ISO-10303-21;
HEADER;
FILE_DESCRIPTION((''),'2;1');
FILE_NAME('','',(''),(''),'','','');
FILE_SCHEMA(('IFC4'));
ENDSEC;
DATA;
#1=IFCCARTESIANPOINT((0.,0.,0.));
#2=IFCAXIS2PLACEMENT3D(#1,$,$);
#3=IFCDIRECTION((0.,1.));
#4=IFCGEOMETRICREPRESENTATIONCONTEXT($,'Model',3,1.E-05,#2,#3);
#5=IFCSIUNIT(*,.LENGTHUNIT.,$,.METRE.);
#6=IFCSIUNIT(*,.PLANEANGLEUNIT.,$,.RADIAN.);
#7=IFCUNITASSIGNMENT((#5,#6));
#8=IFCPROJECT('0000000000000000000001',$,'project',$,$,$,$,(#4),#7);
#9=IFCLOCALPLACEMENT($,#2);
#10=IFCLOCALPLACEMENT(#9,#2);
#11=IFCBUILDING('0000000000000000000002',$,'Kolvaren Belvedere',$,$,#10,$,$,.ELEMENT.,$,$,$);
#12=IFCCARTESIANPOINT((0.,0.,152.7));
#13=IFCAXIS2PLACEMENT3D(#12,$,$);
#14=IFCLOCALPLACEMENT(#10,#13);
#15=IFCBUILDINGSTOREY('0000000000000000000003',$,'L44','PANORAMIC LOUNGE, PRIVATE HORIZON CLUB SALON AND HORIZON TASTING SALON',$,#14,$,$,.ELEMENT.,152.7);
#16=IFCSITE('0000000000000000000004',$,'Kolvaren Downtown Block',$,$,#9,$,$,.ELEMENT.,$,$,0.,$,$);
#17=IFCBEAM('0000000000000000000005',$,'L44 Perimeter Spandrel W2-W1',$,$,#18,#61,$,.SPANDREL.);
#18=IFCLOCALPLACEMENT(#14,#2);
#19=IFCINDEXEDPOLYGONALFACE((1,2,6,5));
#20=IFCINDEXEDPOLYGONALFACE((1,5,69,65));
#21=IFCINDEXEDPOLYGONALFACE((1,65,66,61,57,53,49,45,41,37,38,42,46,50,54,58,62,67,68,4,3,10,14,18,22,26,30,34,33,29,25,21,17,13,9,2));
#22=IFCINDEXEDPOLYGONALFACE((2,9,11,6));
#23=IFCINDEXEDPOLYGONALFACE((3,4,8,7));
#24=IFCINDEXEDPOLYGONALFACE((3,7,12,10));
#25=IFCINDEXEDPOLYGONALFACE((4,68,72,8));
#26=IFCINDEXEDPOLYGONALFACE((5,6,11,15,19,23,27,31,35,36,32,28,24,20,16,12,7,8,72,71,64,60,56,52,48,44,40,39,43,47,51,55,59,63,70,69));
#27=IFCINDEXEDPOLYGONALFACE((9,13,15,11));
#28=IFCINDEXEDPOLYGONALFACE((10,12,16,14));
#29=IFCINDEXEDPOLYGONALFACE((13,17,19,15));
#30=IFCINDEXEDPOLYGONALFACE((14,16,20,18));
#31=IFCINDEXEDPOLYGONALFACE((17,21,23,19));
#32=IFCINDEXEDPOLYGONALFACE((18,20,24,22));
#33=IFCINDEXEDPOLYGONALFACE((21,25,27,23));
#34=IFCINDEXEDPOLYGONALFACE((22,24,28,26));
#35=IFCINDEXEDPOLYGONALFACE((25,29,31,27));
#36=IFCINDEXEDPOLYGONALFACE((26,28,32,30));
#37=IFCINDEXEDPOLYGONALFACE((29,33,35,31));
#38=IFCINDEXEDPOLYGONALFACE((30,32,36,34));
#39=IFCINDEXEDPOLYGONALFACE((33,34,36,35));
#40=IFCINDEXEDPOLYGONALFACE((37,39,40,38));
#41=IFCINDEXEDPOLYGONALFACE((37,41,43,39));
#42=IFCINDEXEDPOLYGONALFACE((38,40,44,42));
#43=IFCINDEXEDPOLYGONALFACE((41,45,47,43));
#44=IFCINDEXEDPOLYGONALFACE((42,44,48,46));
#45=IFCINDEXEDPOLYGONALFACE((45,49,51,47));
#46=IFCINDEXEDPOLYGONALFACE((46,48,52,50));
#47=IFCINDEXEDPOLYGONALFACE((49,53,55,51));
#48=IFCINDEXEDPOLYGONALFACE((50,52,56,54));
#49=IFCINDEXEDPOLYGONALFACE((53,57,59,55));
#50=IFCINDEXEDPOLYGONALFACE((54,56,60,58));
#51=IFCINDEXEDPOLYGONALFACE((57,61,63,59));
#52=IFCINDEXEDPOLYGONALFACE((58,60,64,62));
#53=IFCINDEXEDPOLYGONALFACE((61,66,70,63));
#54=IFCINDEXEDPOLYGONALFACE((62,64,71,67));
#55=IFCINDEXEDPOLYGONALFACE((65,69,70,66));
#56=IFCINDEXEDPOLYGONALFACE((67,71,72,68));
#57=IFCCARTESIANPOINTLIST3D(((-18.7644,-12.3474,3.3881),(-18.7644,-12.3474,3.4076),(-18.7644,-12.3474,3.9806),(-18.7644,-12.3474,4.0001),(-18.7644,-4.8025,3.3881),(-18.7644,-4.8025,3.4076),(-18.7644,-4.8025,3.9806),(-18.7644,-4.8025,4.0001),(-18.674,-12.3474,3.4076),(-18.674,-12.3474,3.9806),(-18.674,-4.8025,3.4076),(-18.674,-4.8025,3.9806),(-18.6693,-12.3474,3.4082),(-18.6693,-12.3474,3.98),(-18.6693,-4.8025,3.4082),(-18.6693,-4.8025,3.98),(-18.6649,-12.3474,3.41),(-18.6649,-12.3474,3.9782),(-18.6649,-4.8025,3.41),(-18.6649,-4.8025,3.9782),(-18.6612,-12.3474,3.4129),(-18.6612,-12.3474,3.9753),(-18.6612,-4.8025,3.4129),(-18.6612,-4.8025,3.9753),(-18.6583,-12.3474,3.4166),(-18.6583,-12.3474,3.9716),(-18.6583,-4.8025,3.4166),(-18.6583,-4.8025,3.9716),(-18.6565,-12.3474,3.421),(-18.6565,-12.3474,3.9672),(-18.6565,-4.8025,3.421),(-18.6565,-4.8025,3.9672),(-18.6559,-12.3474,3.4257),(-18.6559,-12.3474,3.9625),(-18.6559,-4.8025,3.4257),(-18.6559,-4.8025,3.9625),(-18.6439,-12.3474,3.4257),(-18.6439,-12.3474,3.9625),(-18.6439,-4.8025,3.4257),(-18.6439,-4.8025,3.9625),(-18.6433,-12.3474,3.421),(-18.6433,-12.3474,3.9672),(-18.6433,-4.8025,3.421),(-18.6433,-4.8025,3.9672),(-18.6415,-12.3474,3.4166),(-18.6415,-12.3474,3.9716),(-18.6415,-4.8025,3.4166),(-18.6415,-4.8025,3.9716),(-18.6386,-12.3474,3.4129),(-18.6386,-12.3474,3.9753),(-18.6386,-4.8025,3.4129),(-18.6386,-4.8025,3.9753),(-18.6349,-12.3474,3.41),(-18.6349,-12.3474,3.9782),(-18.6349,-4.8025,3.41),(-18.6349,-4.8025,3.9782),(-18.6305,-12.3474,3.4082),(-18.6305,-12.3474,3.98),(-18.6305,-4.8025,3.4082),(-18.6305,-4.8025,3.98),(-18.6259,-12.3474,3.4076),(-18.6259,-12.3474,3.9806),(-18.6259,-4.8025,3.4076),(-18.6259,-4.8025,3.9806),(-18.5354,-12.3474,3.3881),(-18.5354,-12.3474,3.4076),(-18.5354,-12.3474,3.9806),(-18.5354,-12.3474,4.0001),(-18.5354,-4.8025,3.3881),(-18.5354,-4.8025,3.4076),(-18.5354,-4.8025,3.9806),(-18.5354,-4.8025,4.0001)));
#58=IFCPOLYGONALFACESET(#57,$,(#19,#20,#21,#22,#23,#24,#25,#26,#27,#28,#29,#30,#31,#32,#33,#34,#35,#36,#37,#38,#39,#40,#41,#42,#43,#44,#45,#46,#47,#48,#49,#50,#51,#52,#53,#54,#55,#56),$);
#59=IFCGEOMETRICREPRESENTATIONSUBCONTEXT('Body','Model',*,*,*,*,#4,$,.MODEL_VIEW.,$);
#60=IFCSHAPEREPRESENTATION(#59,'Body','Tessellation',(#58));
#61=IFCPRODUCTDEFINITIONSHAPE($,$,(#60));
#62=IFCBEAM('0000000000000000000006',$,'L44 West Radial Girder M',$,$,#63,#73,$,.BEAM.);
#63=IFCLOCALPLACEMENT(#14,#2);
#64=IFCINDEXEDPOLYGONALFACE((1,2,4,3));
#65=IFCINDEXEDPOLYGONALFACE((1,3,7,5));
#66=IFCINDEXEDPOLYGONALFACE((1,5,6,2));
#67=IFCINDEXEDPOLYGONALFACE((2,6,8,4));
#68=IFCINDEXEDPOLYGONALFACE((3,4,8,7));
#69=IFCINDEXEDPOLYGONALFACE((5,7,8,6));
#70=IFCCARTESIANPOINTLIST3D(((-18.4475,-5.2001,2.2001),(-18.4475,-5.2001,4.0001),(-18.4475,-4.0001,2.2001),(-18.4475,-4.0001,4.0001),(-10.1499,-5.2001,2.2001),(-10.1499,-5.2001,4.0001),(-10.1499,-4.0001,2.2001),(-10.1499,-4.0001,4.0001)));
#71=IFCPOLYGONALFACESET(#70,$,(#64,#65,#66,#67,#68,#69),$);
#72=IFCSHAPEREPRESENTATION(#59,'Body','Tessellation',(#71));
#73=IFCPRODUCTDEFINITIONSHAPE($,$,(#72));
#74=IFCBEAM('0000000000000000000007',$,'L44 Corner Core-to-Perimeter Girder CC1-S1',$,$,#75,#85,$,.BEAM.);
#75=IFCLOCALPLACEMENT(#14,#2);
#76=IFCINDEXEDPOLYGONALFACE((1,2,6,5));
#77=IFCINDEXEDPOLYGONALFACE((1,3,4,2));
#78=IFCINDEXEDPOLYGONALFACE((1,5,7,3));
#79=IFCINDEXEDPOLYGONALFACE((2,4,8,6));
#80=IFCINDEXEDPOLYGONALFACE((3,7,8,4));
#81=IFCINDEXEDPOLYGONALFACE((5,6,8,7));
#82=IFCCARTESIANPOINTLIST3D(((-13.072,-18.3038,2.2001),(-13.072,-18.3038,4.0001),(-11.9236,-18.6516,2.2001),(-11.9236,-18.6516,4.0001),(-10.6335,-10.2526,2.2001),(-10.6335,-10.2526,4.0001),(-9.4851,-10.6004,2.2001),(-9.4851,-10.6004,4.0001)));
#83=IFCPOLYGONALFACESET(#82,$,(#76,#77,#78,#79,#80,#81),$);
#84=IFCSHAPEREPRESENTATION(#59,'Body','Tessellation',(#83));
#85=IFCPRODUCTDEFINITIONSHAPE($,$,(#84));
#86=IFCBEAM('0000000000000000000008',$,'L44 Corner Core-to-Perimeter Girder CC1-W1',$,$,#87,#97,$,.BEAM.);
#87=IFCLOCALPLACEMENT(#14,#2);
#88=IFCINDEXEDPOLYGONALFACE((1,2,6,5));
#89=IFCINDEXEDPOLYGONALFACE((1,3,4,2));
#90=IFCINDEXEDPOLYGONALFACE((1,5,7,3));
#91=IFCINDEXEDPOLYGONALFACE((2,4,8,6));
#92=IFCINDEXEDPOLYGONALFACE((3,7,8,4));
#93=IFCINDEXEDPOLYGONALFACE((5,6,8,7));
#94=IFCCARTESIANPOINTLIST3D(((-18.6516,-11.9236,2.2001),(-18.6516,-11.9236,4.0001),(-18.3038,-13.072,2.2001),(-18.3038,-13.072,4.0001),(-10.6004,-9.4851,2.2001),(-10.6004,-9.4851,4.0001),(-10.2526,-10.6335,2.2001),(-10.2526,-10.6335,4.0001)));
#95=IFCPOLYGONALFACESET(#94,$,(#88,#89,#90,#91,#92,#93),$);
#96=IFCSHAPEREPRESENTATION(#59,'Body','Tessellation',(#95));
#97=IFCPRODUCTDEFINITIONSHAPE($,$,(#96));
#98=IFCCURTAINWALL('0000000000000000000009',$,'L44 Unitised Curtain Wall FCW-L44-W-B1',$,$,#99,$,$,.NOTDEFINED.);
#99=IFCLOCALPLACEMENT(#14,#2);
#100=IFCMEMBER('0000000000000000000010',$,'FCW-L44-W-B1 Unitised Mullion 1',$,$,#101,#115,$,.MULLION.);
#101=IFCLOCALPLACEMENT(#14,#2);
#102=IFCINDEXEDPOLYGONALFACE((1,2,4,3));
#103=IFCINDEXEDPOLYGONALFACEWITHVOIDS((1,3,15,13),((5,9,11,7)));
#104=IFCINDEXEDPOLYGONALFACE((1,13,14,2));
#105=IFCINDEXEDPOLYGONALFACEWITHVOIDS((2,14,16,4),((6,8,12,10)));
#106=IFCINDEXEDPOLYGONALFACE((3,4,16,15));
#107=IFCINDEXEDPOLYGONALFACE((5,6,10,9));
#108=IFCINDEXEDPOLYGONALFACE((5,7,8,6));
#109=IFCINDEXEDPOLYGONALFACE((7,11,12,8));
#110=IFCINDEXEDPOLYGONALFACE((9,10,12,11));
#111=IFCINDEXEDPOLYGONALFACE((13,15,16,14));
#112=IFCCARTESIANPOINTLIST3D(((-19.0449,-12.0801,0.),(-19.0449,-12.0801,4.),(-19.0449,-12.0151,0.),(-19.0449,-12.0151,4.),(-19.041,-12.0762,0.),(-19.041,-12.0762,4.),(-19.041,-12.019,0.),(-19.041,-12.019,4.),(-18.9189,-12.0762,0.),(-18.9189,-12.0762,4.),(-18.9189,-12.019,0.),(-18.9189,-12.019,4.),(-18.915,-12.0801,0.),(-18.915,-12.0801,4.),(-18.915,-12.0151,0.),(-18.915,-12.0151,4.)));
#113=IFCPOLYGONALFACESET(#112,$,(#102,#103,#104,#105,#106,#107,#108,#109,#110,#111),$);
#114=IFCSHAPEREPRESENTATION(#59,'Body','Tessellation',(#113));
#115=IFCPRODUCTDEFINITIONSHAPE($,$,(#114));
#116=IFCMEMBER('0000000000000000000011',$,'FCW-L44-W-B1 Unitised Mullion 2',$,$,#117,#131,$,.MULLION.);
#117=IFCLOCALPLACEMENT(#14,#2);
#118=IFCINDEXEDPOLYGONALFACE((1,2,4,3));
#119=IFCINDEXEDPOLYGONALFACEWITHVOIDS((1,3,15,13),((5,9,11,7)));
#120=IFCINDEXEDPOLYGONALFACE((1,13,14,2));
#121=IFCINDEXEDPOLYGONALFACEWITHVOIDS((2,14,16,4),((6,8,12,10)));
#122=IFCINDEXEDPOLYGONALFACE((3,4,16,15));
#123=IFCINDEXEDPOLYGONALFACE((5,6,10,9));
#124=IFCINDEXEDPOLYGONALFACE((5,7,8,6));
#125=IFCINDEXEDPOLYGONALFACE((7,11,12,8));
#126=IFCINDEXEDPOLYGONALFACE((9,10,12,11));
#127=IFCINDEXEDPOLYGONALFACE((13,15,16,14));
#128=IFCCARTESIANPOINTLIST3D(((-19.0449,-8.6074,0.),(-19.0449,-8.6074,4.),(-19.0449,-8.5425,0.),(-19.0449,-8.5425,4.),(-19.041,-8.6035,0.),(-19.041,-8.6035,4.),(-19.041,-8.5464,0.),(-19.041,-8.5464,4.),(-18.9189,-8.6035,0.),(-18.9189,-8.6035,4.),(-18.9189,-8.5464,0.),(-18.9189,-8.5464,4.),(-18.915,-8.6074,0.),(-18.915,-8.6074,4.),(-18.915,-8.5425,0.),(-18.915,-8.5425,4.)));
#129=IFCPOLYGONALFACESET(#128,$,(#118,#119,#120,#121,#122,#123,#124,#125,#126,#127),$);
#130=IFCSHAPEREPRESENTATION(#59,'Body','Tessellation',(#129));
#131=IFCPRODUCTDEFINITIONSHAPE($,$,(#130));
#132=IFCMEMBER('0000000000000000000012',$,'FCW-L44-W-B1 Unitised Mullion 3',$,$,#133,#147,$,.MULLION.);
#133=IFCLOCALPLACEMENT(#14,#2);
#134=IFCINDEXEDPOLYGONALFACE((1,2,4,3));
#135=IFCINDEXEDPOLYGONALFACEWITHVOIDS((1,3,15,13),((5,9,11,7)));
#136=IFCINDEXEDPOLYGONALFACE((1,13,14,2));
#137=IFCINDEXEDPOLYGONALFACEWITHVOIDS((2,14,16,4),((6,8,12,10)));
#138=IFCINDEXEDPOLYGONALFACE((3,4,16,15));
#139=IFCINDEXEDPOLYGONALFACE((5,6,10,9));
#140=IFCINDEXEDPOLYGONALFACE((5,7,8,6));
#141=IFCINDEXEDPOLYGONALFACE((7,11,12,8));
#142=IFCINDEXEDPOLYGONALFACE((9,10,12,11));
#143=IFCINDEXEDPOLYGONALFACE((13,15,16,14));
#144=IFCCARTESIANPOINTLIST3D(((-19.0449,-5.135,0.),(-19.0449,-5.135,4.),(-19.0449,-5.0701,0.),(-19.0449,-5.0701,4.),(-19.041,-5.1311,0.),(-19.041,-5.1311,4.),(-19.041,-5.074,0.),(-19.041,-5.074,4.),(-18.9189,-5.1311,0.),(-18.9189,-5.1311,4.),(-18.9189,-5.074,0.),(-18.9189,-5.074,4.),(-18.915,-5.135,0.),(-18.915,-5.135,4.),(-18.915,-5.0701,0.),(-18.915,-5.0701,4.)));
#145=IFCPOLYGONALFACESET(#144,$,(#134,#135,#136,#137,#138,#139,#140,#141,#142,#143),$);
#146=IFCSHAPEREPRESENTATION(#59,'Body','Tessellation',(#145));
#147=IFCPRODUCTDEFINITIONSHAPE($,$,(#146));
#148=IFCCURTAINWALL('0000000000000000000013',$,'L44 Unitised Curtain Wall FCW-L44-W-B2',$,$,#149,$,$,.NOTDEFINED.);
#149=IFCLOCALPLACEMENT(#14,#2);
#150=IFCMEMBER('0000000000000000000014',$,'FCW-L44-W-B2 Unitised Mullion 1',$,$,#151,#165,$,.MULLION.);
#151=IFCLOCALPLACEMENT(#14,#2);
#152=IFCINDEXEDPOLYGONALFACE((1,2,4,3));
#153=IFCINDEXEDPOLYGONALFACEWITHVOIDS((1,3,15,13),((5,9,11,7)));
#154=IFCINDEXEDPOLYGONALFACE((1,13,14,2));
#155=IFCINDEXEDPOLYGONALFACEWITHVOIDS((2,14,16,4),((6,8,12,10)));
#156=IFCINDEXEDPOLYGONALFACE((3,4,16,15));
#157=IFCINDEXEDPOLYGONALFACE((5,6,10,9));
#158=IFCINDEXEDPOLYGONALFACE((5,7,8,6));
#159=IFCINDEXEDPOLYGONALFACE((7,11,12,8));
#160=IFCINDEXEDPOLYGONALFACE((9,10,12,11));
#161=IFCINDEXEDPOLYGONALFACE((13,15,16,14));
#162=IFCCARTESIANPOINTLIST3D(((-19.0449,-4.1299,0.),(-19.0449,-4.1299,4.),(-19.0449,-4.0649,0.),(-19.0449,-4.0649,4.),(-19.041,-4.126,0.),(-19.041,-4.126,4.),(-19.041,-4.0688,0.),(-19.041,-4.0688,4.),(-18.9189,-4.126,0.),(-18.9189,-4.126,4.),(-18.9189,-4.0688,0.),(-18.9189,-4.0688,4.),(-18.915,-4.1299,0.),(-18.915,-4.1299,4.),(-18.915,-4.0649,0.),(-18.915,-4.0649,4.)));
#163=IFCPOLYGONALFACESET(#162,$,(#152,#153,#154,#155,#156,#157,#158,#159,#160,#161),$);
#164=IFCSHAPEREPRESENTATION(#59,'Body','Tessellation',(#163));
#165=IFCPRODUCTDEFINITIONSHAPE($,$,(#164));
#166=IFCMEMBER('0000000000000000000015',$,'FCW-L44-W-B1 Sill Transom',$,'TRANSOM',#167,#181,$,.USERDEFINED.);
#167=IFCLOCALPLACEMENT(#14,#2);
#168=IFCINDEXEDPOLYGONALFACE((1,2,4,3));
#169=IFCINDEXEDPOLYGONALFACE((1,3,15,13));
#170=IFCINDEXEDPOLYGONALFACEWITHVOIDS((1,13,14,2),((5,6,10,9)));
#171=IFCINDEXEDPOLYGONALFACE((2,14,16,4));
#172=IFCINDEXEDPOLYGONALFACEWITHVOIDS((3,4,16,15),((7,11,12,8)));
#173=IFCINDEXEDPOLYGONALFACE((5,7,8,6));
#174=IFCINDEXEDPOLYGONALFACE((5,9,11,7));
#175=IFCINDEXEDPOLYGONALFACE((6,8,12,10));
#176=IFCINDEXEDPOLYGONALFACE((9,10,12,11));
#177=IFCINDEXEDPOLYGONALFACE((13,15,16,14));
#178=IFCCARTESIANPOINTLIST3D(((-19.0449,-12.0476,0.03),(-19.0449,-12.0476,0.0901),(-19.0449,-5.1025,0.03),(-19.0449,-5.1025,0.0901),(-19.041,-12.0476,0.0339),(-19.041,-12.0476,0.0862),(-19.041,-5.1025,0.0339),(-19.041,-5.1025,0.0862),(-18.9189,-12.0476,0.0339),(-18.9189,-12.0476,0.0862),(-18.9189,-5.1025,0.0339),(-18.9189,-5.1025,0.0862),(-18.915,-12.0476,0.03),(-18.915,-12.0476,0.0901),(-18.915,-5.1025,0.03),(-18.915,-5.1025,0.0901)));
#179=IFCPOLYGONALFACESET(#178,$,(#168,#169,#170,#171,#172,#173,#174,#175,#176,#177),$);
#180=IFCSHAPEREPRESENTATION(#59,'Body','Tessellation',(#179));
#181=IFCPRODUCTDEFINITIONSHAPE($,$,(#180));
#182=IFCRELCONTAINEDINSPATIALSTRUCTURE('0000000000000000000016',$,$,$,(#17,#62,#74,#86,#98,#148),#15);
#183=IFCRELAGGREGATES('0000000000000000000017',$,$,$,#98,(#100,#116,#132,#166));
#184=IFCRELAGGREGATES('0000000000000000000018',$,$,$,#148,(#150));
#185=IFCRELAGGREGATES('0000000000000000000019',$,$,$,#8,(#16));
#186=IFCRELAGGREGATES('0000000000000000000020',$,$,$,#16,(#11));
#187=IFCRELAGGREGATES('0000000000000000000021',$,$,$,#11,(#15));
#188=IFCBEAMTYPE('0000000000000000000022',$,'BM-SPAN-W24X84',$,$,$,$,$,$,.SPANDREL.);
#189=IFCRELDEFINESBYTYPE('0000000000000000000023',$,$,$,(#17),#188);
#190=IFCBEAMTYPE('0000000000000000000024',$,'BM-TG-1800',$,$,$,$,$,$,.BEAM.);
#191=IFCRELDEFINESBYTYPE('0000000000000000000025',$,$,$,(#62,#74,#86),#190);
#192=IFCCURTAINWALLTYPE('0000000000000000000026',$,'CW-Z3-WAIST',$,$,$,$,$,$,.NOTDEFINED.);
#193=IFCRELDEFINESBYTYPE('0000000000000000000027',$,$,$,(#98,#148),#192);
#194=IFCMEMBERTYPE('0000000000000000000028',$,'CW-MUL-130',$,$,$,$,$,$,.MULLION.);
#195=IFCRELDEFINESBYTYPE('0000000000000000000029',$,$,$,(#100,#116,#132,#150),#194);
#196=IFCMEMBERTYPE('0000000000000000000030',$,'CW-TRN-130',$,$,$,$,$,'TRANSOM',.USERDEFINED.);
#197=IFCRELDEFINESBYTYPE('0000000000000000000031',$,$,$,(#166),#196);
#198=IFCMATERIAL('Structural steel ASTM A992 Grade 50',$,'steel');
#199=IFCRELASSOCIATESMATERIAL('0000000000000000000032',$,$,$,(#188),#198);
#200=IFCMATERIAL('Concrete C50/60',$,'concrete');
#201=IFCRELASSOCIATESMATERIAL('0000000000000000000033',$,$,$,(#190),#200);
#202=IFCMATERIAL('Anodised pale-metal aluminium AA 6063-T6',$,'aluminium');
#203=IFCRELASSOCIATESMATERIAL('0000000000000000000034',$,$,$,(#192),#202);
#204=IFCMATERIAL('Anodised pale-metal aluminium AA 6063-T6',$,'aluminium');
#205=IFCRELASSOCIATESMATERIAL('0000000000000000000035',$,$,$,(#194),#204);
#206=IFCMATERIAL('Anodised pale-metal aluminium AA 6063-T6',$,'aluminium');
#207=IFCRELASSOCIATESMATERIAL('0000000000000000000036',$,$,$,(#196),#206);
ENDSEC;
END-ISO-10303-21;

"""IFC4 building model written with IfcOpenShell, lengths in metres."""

from ifc_helpers import new_model, si_unit, direction, frame, origin, origin_2d, place, context, subcontext, project, spatial, rectangle, hollow_rectangle, i_section, extrude, material, material_profile, profile_set, type_object, element, aggregate, save


model = new_model("IFC4")

# Units and contexts
model_context = context("Model", 3, precision=1e-05, world=origin(), true_north=direction((0.0, 1.0)))
body_context = subcontext(model_context, "Body", "Model", "MODEL_VIEW")
ifc_project = project(units=[si_unit("LENGTHUNIT", "METRE"), si_unit("PLANEANGLEUNIT", "RADIAN")], contexts=[model_context])

# Site, building, storey
site_placement = place(None, origin())
site = spatial("IfcSite", under=ifc_project, at=site_placement, Name="Kolvaren Downtown Block", CompositionType="ELEMENT", RefElevation=0.0)
building_placement = place(site_placement, origin())
building = spatial("IfcBuilding", under=site, at=building_placement, Name="Kolvaren Belvedere", CompositionType="ELEMENT")
storey_placement = place(building_placement, frame((0.0, 0.0, 152.7)))
storey = spatial("IfcBuildingStorey", under=building, at=storey_placement, Name="L44", Description="PANORAMIC LOUNGE, PRIVATE HORIZON CLUB SALON AND HORIZON TASTING SALON", CompositionType="ELEMENT", Elevation=152.7)

# Beams
ifc_material_1 = material(Name="Structural steel ASTM A992 Grade 50", Category="steel")
ifc_material_profile_1 = material_profile(ifc_material_1, i_section(OverallWidth=0.229, OverallDepth=0.6121, WebThickness=0.012, FlangeThickness=0.0195, FilletRadius=0.0181, at=origin_2d()), Name="W24X84")
ifc_profile_set_1 = profile_set([ifc_material_profile_1], Name="Structural steel ASTM A992 Grade 50")
beam_type_1 = type_object("IfcBeamType", Name="BM-SPAN-W24X84", PredefinedType="SPANDREL", material=ifc_profile_set_1)
beam_1_placement = place(storey_placement, frame((-18.6499, -4.8025, 3.6941), z_axis=(0.0, -1.0, 0.0), x_axis=(1.0, 0.0, 0.0)))
element("IfcBeam", 1, at=beam_1_placement, inside=storey, type_object=beam_type_1, Name="L44 Perimeter Spandrel W2-W1", PredefinedType="SPANDREL", context=body_context, shape_type="SweptSolid", body=[
    extrude(i_section(OverallWidth=0.229, OverallDepth=0.6121, WebThickness=0.012, FlangeThickness=0.0195, FilletRadius=0.0181, at=origin_2d()), origin(), (0.0, 0.0, 1.0), 7.5449),
])
ifc_material_2 = material(Name="Concrete C50/60", Category="concrete")
ifc_material_profile_2 = material_profile(ifc_material_2, rectangle(XDim=1.2, YDim=1.8, at=origin_2d()), Name="RC 1200X1800")
ifc_profile_set_2 = profile_set([ifc_material_profile_2], Name="Concrete C50/60")
beam_type_2 = type_object("IfcBeamType", Name="BM-TG-1800", PredefinedType="BEAM", material=ifc_profile_set_2)
beam_2_placement = place(storey_placement, frame((-10.1499, -4.6001, 3.1001), z_axis=(-1.0, 0.0, 0.0), x_axis=(0.0, -1.0, 0.0)))
element("IfcBeam", 2, at=beam_2_placement, inside=storey, type_object=beam_type_2, Name="L44 West Radial Girder M", PredefinedType="BEAM", context=body_context, shape_type="SweptSolid", body=[
    extrude(rectangle(XDim=1.2, YDim=1.8, at=origin_2d()), origin(), (0.0, 0.0, 1.0), 8.2976),
])
for number, where, z_axis, x_axis, name in (
    (3, (-10.0593, -10.4265, 3.1001), (-0.289866, -0.957067, 0.0), (0.957067, -0.289866, 0.0), "L44 Corner Core-to-Perimeter Girder CC1-S1"),
    (4, (-10.4265, -10.0593, 3.1001), (-0.957067, -0.289866, 0.0), (0.289866, -0.957067, 0.0), "L44 Corner Core-to-Perimeter Girder CC1-W1"),
):
    element("IfcBeam", number, at=place(storey_placement, frame(where, z_axis=z_axis, x_axis=x_axis)), inside=storey, type_object=beam_type_2, Name=name, PredefinedType="BEAM", context=body_context, shape_type="SweptSolid", body=[
        extrude(rectangle(XDim=1.2, YDim=1.8, at=origin_2d()), origin(), (0.0, 0.0, 1.0), 8.4124),
    ])

# Curtain wall, members
ifc_material_3 = material(Name="Anodised pale-metal aluminium AA 6063-T6", Category="aluminium")
curtain_wall_type = type_object("IfcCurtainWallType", Name="CW-Z3-WAIST", PredefinedType="NOTDEFINED", material=ifc_material_3)
curtain_wall_1_placement = place(storey_placement, origin())
curtain_wall_1 = element("IfcCurtainWall", 5, at=curtain_wall_1_placement, inside=storey, type_object=curtain_wall_type, Name="L44 Unitised Curtain Wall FCW-L44-W-B1", PredefinedType="NOTDEFINED")
ifc_material_4 = material(Name="Anodised pale-metal aluminium AA 6063-T6", Category="aluminium")
ifc_material_profile_3 = material_profile(ifc_material_4, hollow_rectangle(XDim=0.0649, YDim=0.1299, WallThickness=0.0039, at=origin_2d()), Name="ALU-MUL-130X65")
ifc_profile_set_3 = profile_set([ifc_material_profile_3], Name="Anodised pale-metal aluminium AA 6063-T6")
member_type_1 = type_object("IfcMemberType", Name="CW-MUL-130", PredefinedType="MULLION", material=ifc_profile_set_3)
member_1_placement = place(storey_placement, frame((-18.98, -12.0476, 0.0), z_axis=(0.0, 0.0, 1.0), x_axis=(0.0, 1.0, 0.0)))
member_1 = element("IfcMember", 6, at=member_1_placement, type_object=member_type_1, Name="FCW-L44-W-B1 Unitised Mullion 1", PredefinedType="MULLION", context=body_context, shape_type="SweptSolid", body=[
    extrude(hollow_rectangle(XDim=0.0649, YDim=0.1299, WallThickness=0.0039, at=origin_2d()), origin(), (0.0, 0.0, 1.0), 4.0),
])
member_2_placement = place(storey_placement, frame((-18.98, -8.575, 0.0), z_axis=(0.0, 0.0, 1.0), x_axis=(0.0, 1.0, 0.0)))
member_2 = element("IfcMember", 7, at=member_2_placement, type_object=member_type_1, Name="FCW-L44-W-B1 Unitised Mullion 2", PredefinedType="MULLION", context=body_context, shape_type="SweptSolid", body=[
    extrude(hollow_rectangle(XDim=0.0649, YDim=0.1299, WallThickness=0.0039, at=origin_2d()), origin(), (0.0, 0.0, 1.0), 4.0),
])
member_3_placement = place(storey_placement, frame((-18.98, -5.1025, 0.0), z_axis=(0.0, 0.0, 1.0), x_axis=(0.0, 1.0, 0.0)))
member_3 = element("IfcMember", 8, at=member_3_placement, type_object=member_type_1, Name="FCW-L44-W-B1 Unitised Mullion 3", PredefinedType="MULLION", context=body_context, shape_type="SweptSolid", body=[
    extrude(hollow_rectangle(XDim=0.0649, YDim=0.1299, WallThickness=0.0039, at=origin_2d()), origin(), (0.0, 0.0, 1.0), 4.0),
])

# Curtain wall, member
curtain_wall_2_placement = place(storey_placement, origin())
curtain_wall_2 = element("IfcCurtainWall", 9, at=curtain_wall_2_placement, inside=storey, type_object=curtain_wall_type, Name="L44 Unitised Curtain Wall FCW-L44-W-B2", PredefinedType="NOTDEFINED")
member_4_placement = place(storey_placement, frame((-18.98, -4.0974, 0.0), z_axis=(0.0, 0.0, 1.0), x_axis=(0.0, 1.0, 0.0)))
member_4 = element("IfcMember", 10, at=member_4_placement, type_object=member_type_1, Name="FCW-L44-W-B2 Unitised Mullion 1", PredefinedType="MULLION", context=body_context, shape_type="SweptSolid", body=[
    extrude(hollow_rectangle(XDim=0.0649, YDim=0.1299, WallThickness=0.0039, at=origin_2d()), origin(), (0.0, 0.0, 1.0), 4.0),
])

# Member
ifc_material_5 = material(Name="Anodised pale-metal aluminium AA 6063-T6", Category="aluminium")
ifc_material_profile_4 = material_profile(ifc_material_5, hollow_rectangle(XDim=0.0601, YDim=0.1299, WallThickness=0.0039, at=origin_2d()), Name="ALU-TRN-130X60")
ifc_profile_set_4 = profile_set([ifc_material_profile_4], Name="Anodised pale-metal aluminium AA 6063-T6")
member_type_2 = type_object("IfcMemberType", Name="CW-TRN-130", ElementType="TRANSOM", PredefinedType="USERDEFINED", material=ifc_profile_set_4)
member_5_placement = place(storey_placement, frame((-18.98, -12.0476, 0.0601), z_axis=(0.0, 1.0, 0.0), x_axis=(0.0, 0.0, 1.0)))
member_5 = element("IfcMember", 11, at=member_5_placement, type_object=member_type_2, Name="FCW-L44-W-B1 Sill Transom", ObjectType="TRANSOM", PredefinedType="USERDEFINED", context=body_context, shape_type="SweptSolid", body=[
    extrude(hollow_rectangle(XDim=0.0601, YDim=0.1299, WallThickness=0.0039, at=origin_2d()), origin(), (0.0, 0.0, 1.0), 6.9451),
])

aggregate(curtain_wall_1, [member_1, member_2, member_3, member_5])
aggregate(curtain_wall_2, [member_4])

save(model, "model.ifc")
